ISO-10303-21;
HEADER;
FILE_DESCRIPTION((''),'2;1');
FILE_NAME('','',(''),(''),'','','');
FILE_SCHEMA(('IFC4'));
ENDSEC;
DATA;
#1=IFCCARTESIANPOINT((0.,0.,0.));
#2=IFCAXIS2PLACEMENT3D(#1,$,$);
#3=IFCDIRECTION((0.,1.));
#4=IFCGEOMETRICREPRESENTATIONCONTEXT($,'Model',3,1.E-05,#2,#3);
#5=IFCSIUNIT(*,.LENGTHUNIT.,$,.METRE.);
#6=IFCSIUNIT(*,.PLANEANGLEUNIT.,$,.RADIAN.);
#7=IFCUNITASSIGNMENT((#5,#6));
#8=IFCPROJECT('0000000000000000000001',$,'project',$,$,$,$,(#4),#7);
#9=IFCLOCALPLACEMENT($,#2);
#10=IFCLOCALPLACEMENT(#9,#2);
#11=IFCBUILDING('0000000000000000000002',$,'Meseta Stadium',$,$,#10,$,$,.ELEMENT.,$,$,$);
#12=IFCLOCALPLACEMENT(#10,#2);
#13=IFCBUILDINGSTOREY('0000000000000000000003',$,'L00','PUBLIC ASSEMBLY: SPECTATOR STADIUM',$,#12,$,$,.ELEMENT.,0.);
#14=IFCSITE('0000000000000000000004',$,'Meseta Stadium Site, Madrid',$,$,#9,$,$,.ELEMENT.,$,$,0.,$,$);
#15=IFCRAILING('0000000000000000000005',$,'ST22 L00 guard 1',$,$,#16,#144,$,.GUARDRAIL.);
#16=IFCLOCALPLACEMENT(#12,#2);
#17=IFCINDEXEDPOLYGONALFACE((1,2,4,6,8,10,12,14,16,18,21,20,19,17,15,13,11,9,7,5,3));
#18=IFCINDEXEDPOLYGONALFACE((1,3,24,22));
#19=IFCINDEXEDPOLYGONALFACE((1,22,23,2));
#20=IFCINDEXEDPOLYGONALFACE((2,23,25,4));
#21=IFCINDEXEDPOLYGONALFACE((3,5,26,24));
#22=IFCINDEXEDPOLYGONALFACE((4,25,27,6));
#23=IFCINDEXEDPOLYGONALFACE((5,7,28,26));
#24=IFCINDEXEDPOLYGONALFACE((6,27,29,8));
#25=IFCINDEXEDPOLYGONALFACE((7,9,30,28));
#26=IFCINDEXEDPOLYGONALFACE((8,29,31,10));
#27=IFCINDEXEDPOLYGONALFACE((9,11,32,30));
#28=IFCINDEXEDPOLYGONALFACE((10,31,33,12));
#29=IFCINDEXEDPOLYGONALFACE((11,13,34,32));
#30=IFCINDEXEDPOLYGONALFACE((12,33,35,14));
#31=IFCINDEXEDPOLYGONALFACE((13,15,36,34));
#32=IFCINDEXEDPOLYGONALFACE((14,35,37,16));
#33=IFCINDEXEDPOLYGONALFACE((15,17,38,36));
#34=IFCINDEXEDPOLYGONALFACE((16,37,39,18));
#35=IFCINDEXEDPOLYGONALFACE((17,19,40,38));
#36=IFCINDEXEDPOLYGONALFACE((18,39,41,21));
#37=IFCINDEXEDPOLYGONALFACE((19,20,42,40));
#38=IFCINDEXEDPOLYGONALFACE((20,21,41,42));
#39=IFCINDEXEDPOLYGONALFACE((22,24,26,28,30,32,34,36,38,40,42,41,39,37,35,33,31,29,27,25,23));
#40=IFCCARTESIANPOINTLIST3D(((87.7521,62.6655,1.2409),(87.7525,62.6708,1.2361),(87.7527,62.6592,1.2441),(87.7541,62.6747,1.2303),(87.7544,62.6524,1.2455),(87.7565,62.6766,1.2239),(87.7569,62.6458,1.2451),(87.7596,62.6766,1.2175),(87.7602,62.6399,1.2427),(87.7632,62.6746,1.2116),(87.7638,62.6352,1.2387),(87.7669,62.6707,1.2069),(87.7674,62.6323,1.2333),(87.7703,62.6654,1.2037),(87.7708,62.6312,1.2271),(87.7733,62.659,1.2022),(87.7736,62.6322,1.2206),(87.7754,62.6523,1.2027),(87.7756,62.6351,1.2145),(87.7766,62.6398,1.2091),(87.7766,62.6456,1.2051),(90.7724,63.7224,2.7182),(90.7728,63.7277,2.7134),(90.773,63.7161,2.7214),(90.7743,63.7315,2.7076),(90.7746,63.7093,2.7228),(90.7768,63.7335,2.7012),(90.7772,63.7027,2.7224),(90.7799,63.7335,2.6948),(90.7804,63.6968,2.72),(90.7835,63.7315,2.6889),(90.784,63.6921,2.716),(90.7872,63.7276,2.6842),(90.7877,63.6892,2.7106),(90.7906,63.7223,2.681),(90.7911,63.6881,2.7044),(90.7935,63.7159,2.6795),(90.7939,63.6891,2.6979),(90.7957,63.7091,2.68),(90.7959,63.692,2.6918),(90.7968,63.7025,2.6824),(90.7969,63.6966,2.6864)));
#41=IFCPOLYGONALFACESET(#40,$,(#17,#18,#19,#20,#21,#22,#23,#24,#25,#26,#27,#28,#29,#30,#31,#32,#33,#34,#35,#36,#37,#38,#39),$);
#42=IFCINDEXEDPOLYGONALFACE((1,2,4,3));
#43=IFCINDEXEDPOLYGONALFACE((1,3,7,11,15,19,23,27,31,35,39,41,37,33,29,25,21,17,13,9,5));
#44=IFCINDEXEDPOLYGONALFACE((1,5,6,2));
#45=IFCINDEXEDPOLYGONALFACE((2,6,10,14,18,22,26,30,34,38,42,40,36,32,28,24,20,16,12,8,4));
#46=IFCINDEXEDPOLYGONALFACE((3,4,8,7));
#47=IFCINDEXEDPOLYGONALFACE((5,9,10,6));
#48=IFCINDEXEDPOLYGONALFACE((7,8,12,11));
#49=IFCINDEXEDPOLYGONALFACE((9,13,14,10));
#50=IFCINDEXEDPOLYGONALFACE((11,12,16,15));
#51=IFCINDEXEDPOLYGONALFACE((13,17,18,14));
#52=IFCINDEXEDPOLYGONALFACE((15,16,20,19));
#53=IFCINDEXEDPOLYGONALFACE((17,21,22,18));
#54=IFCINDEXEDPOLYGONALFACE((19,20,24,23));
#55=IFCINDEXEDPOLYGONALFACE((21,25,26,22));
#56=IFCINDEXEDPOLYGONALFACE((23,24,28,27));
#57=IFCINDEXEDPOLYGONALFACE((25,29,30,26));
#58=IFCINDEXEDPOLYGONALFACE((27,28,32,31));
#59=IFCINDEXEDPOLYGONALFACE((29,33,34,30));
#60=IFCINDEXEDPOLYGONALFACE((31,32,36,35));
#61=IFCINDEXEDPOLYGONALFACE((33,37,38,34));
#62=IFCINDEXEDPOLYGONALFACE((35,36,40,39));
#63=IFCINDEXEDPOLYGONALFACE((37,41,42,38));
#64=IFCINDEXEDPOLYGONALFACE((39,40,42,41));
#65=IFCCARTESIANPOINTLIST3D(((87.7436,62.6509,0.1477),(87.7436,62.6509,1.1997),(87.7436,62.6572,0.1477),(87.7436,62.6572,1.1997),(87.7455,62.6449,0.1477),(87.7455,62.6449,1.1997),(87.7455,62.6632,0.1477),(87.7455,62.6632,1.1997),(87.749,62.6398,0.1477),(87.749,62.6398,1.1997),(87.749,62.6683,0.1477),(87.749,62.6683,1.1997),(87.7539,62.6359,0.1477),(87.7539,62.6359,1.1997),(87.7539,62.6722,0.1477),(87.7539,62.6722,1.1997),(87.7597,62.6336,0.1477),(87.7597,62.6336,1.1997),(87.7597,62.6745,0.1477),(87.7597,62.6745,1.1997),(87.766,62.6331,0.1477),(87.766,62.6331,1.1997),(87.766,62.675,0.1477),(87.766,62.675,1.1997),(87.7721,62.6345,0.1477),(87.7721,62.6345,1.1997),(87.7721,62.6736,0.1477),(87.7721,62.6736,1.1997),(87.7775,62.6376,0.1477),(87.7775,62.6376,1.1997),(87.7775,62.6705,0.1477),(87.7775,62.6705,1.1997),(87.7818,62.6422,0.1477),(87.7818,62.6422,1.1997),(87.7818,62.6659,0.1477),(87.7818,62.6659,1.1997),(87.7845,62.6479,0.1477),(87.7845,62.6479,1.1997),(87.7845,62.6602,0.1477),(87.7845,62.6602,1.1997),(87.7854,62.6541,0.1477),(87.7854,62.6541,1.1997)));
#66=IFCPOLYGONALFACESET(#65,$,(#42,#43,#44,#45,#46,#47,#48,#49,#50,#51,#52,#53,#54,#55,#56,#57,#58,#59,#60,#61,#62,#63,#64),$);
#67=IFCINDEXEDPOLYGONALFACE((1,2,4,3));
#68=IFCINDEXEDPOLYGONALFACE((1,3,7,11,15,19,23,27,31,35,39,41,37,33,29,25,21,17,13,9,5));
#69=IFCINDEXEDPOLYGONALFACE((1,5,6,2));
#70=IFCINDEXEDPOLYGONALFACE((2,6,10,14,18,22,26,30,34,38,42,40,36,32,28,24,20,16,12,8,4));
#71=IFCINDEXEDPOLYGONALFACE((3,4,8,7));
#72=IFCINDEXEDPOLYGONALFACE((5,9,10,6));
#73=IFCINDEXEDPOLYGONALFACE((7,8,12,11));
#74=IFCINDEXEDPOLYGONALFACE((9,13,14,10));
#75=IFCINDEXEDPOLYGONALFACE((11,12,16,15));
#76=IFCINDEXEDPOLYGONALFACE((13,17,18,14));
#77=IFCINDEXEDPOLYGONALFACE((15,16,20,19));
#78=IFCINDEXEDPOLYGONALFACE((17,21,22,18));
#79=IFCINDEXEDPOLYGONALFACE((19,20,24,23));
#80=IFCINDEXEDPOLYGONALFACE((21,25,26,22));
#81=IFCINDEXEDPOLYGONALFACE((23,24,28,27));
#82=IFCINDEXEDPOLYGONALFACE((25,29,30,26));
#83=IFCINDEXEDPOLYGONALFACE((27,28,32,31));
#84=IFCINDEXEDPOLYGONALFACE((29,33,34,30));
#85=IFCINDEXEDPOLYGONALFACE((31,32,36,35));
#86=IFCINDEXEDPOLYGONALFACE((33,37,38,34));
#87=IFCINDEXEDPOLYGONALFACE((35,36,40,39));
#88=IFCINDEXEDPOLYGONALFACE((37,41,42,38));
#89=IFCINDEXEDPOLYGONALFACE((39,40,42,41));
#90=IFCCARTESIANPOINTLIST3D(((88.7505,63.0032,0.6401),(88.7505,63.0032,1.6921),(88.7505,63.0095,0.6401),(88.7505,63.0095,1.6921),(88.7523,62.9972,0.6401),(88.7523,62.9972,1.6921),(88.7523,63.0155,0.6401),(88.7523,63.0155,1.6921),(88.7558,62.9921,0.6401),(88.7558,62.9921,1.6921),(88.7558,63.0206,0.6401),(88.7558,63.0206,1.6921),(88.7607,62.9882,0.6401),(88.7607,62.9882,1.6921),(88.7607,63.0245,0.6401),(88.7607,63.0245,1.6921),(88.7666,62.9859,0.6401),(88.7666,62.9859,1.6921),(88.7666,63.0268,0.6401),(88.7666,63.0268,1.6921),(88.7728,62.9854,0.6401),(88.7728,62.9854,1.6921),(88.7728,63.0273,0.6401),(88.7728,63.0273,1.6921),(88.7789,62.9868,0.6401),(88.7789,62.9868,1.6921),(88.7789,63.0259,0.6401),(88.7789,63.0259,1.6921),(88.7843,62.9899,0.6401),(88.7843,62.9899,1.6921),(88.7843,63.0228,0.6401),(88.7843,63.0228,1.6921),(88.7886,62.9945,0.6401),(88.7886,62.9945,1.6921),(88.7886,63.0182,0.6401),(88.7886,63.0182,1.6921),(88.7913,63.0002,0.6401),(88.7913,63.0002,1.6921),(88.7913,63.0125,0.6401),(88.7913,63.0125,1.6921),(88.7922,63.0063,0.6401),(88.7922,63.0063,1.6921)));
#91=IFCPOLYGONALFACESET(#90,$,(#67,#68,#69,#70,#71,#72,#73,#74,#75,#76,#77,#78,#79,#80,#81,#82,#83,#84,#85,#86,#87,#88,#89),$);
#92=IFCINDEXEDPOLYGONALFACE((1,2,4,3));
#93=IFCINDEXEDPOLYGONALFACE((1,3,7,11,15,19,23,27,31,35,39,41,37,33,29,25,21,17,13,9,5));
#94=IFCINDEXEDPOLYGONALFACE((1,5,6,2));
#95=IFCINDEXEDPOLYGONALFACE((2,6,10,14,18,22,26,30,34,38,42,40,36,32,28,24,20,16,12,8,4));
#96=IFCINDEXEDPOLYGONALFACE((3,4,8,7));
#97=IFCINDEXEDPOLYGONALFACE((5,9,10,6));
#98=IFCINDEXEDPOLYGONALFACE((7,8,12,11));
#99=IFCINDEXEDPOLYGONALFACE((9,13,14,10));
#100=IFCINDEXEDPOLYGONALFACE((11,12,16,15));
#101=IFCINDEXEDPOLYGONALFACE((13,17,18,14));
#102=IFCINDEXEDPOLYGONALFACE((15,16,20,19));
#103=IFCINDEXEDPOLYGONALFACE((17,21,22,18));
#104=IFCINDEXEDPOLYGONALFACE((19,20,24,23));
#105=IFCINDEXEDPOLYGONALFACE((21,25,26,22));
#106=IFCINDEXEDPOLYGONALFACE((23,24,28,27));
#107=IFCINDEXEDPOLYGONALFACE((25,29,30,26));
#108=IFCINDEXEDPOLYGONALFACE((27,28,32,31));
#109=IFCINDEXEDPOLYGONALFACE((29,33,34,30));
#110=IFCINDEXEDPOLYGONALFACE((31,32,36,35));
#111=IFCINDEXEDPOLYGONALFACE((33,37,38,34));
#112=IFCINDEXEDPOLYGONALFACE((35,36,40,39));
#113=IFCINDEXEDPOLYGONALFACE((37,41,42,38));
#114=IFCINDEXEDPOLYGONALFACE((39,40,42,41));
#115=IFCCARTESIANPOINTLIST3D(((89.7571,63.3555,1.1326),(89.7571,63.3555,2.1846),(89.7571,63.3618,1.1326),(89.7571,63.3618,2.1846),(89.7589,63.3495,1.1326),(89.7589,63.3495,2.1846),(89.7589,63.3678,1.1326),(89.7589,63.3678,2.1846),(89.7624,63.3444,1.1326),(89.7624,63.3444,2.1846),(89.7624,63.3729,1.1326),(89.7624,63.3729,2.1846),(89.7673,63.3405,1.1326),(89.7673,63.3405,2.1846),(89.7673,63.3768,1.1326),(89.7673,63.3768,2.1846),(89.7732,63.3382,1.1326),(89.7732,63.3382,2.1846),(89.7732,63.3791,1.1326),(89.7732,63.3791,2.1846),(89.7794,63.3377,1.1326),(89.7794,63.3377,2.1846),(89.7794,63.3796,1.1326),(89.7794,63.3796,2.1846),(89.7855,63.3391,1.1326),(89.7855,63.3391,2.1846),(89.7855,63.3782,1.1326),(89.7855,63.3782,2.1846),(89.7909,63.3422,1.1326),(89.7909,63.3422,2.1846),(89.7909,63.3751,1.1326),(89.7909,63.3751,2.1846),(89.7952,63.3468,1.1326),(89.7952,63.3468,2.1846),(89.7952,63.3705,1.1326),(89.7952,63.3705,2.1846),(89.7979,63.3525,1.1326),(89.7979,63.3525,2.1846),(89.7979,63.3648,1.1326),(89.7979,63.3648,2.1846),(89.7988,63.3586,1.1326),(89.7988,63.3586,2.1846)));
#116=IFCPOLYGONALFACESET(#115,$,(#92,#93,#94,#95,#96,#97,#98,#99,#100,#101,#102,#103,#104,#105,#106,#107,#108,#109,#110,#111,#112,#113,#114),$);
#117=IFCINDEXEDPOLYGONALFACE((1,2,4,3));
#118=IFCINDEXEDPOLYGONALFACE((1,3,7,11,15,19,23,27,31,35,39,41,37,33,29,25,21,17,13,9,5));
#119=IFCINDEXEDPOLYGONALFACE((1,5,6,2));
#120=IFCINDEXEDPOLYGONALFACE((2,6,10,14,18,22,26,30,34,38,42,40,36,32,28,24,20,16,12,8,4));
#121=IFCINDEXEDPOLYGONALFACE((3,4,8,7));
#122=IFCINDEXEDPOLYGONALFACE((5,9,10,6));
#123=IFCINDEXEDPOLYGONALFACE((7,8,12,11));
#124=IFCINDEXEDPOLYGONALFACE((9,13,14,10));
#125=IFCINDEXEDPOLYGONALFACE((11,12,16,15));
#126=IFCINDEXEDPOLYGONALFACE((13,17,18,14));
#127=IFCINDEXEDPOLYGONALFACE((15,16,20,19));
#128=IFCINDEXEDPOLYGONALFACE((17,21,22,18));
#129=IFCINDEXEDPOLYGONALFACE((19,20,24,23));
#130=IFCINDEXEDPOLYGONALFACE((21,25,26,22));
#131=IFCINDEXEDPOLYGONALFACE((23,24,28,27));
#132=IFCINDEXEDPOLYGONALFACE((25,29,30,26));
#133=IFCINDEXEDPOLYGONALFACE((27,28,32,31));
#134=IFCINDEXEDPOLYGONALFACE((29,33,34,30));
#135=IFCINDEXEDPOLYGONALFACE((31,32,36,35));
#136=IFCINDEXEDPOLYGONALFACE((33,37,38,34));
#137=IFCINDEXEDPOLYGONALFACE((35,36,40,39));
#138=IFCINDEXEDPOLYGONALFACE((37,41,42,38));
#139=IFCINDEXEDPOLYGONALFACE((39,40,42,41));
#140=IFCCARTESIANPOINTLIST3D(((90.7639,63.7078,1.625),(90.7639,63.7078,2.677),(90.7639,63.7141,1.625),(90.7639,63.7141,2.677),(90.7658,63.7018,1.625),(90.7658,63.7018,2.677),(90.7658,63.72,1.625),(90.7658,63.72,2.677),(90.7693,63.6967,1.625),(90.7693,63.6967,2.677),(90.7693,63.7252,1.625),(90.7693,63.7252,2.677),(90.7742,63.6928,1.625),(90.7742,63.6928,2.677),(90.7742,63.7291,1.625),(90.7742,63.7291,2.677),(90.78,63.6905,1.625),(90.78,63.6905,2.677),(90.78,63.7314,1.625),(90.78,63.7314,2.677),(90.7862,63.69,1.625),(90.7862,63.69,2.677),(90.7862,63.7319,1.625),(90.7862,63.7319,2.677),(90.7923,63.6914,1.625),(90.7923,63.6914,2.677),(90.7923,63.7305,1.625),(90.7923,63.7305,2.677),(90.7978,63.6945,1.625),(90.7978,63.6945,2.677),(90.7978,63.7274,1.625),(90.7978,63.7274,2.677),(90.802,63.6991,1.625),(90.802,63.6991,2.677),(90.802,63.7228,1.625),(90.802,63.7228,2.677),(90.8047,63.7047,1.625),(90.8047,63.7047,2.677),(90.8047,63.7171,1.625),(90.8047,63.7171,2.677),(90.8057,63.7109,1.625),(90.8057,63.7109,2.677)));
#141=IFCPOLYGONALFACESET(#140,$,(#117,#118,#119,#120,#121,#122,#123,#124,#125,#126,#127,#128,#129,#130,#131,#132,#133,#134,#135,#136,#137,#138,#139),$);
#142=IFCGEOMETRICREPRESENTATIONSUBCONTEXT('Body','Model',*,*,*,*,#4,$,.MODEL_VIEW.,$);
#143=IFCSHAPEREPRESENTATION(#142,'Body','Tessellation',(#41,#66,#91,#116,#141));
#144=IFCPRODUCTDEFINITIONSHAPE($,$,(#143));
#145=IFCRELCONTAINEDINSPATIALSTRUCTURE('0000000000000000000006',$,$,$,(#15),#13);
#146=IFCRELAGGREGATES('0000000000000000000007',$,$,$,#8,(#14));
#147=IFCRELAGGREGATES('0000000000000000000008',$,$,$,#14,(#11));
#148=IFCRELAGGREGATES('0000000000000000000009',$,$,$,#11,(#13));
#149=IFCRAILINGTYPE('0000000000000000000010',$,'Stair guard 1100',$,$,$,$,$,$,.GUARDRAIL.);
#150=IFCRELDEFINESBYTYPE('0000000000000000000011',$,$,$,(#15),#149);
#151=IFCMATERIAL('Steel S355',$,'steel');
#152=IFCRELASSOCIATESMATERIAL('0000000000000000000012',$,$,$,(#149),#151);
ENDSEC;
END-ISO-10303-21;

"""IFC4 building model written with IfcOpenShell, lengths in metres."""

from ifc_helpers import new_model, si_unit, direction, frame, origin, origin_2d, place, context, subcontext, project, spatial, circle, extrude, material, type_object, element, save


model = new_model("IFC4")

# Units and contexts
model_context = context("Model", 3, precision=1e-05, world=origin(), true_north=direction((0.0, 1.0)))
body_context = subcontext(model_context, "Body", "Model", "MODEL_VIEW")
ifc_project = project(units=[si_unit("LENGTHUNIT", "METRE"), si_unit("PLANEANGLEUNIT", "RADIAN")], contexts=[model_context])

# Site, building, storey
site_placement = place(None, origin())
site = spatial("IfcSite", under=ifc_project, at=site_placement, Name="Meseta Stadium Site, Madrid", CompositionType="ELEMENT", RefElevation=0.0)
building_placement = place(site_placement, origin())
building = spatial("IfcBuilding", under=site, at=building_placement, Name="Meseta Stadium", CompositionType="ELEMENT")
storey_placement = place(building_placement, origin())
storey = spatial("IfcBuildingStorey", under=building, at=storey_placement, Name="L00", Description="PUBLIC ASSEMBLY: SPECTATOR STADIUM", CompositionType="ELEMENT", Elevation=0.0)

# Railing
ifc_material_1 = material(Name="Steel S355", Category="steel")
railing_type_1 = type_object("IfcRailingType", Name="Stair guard 1100", PredefinedType="GUARDRAIL", material=ifc_material_1)
railing_1_placement = place(storey_placement, frame((87.7644, 62.6541, 0.1477)))
element("IfcRailing", 1, at=railing_1_placement, inside=storey, type_object=railing_type_1, Name="ST22 L00 guard 1", PredefinedType="GUARDRAIL", context=body_context, shape_type="SweptSolid", body=[
    extrude(circle(Radius=0.0239, at=origin_2d()), frame((0.0, 0.0, 1.0762), z_axis=(0.856958, 0.299876, 0.419162), x_axis=(-0.330293, 0.943879, 0.0)), (0.0, 0.0, 1.0), 3.5244),
    extrude(circle(Radius=0.021, at=origin_2d()), origin(), (0.0, 0.0, 1.0), 1.052),
    extrude(circle(Radius=0.021, at=origin_2d()), frame((1.0068, 0.3523, 0.4924)), (0.0, 0.0, 1.0), 1.052),
    extrude(circle(Radius=0.021, at=origin_2d()), frame((2.0134, 0.7046, 0.9849)), (0.0, 0.0, 1.0), 1.052),
    extrude(circle(Radius=0.021, at=origin_2d()), frame((3.0203, 1.0569, 1.4773)), (0.0, 0.0, 1.0), 1.052),
])

save(model, "model.ifc")
